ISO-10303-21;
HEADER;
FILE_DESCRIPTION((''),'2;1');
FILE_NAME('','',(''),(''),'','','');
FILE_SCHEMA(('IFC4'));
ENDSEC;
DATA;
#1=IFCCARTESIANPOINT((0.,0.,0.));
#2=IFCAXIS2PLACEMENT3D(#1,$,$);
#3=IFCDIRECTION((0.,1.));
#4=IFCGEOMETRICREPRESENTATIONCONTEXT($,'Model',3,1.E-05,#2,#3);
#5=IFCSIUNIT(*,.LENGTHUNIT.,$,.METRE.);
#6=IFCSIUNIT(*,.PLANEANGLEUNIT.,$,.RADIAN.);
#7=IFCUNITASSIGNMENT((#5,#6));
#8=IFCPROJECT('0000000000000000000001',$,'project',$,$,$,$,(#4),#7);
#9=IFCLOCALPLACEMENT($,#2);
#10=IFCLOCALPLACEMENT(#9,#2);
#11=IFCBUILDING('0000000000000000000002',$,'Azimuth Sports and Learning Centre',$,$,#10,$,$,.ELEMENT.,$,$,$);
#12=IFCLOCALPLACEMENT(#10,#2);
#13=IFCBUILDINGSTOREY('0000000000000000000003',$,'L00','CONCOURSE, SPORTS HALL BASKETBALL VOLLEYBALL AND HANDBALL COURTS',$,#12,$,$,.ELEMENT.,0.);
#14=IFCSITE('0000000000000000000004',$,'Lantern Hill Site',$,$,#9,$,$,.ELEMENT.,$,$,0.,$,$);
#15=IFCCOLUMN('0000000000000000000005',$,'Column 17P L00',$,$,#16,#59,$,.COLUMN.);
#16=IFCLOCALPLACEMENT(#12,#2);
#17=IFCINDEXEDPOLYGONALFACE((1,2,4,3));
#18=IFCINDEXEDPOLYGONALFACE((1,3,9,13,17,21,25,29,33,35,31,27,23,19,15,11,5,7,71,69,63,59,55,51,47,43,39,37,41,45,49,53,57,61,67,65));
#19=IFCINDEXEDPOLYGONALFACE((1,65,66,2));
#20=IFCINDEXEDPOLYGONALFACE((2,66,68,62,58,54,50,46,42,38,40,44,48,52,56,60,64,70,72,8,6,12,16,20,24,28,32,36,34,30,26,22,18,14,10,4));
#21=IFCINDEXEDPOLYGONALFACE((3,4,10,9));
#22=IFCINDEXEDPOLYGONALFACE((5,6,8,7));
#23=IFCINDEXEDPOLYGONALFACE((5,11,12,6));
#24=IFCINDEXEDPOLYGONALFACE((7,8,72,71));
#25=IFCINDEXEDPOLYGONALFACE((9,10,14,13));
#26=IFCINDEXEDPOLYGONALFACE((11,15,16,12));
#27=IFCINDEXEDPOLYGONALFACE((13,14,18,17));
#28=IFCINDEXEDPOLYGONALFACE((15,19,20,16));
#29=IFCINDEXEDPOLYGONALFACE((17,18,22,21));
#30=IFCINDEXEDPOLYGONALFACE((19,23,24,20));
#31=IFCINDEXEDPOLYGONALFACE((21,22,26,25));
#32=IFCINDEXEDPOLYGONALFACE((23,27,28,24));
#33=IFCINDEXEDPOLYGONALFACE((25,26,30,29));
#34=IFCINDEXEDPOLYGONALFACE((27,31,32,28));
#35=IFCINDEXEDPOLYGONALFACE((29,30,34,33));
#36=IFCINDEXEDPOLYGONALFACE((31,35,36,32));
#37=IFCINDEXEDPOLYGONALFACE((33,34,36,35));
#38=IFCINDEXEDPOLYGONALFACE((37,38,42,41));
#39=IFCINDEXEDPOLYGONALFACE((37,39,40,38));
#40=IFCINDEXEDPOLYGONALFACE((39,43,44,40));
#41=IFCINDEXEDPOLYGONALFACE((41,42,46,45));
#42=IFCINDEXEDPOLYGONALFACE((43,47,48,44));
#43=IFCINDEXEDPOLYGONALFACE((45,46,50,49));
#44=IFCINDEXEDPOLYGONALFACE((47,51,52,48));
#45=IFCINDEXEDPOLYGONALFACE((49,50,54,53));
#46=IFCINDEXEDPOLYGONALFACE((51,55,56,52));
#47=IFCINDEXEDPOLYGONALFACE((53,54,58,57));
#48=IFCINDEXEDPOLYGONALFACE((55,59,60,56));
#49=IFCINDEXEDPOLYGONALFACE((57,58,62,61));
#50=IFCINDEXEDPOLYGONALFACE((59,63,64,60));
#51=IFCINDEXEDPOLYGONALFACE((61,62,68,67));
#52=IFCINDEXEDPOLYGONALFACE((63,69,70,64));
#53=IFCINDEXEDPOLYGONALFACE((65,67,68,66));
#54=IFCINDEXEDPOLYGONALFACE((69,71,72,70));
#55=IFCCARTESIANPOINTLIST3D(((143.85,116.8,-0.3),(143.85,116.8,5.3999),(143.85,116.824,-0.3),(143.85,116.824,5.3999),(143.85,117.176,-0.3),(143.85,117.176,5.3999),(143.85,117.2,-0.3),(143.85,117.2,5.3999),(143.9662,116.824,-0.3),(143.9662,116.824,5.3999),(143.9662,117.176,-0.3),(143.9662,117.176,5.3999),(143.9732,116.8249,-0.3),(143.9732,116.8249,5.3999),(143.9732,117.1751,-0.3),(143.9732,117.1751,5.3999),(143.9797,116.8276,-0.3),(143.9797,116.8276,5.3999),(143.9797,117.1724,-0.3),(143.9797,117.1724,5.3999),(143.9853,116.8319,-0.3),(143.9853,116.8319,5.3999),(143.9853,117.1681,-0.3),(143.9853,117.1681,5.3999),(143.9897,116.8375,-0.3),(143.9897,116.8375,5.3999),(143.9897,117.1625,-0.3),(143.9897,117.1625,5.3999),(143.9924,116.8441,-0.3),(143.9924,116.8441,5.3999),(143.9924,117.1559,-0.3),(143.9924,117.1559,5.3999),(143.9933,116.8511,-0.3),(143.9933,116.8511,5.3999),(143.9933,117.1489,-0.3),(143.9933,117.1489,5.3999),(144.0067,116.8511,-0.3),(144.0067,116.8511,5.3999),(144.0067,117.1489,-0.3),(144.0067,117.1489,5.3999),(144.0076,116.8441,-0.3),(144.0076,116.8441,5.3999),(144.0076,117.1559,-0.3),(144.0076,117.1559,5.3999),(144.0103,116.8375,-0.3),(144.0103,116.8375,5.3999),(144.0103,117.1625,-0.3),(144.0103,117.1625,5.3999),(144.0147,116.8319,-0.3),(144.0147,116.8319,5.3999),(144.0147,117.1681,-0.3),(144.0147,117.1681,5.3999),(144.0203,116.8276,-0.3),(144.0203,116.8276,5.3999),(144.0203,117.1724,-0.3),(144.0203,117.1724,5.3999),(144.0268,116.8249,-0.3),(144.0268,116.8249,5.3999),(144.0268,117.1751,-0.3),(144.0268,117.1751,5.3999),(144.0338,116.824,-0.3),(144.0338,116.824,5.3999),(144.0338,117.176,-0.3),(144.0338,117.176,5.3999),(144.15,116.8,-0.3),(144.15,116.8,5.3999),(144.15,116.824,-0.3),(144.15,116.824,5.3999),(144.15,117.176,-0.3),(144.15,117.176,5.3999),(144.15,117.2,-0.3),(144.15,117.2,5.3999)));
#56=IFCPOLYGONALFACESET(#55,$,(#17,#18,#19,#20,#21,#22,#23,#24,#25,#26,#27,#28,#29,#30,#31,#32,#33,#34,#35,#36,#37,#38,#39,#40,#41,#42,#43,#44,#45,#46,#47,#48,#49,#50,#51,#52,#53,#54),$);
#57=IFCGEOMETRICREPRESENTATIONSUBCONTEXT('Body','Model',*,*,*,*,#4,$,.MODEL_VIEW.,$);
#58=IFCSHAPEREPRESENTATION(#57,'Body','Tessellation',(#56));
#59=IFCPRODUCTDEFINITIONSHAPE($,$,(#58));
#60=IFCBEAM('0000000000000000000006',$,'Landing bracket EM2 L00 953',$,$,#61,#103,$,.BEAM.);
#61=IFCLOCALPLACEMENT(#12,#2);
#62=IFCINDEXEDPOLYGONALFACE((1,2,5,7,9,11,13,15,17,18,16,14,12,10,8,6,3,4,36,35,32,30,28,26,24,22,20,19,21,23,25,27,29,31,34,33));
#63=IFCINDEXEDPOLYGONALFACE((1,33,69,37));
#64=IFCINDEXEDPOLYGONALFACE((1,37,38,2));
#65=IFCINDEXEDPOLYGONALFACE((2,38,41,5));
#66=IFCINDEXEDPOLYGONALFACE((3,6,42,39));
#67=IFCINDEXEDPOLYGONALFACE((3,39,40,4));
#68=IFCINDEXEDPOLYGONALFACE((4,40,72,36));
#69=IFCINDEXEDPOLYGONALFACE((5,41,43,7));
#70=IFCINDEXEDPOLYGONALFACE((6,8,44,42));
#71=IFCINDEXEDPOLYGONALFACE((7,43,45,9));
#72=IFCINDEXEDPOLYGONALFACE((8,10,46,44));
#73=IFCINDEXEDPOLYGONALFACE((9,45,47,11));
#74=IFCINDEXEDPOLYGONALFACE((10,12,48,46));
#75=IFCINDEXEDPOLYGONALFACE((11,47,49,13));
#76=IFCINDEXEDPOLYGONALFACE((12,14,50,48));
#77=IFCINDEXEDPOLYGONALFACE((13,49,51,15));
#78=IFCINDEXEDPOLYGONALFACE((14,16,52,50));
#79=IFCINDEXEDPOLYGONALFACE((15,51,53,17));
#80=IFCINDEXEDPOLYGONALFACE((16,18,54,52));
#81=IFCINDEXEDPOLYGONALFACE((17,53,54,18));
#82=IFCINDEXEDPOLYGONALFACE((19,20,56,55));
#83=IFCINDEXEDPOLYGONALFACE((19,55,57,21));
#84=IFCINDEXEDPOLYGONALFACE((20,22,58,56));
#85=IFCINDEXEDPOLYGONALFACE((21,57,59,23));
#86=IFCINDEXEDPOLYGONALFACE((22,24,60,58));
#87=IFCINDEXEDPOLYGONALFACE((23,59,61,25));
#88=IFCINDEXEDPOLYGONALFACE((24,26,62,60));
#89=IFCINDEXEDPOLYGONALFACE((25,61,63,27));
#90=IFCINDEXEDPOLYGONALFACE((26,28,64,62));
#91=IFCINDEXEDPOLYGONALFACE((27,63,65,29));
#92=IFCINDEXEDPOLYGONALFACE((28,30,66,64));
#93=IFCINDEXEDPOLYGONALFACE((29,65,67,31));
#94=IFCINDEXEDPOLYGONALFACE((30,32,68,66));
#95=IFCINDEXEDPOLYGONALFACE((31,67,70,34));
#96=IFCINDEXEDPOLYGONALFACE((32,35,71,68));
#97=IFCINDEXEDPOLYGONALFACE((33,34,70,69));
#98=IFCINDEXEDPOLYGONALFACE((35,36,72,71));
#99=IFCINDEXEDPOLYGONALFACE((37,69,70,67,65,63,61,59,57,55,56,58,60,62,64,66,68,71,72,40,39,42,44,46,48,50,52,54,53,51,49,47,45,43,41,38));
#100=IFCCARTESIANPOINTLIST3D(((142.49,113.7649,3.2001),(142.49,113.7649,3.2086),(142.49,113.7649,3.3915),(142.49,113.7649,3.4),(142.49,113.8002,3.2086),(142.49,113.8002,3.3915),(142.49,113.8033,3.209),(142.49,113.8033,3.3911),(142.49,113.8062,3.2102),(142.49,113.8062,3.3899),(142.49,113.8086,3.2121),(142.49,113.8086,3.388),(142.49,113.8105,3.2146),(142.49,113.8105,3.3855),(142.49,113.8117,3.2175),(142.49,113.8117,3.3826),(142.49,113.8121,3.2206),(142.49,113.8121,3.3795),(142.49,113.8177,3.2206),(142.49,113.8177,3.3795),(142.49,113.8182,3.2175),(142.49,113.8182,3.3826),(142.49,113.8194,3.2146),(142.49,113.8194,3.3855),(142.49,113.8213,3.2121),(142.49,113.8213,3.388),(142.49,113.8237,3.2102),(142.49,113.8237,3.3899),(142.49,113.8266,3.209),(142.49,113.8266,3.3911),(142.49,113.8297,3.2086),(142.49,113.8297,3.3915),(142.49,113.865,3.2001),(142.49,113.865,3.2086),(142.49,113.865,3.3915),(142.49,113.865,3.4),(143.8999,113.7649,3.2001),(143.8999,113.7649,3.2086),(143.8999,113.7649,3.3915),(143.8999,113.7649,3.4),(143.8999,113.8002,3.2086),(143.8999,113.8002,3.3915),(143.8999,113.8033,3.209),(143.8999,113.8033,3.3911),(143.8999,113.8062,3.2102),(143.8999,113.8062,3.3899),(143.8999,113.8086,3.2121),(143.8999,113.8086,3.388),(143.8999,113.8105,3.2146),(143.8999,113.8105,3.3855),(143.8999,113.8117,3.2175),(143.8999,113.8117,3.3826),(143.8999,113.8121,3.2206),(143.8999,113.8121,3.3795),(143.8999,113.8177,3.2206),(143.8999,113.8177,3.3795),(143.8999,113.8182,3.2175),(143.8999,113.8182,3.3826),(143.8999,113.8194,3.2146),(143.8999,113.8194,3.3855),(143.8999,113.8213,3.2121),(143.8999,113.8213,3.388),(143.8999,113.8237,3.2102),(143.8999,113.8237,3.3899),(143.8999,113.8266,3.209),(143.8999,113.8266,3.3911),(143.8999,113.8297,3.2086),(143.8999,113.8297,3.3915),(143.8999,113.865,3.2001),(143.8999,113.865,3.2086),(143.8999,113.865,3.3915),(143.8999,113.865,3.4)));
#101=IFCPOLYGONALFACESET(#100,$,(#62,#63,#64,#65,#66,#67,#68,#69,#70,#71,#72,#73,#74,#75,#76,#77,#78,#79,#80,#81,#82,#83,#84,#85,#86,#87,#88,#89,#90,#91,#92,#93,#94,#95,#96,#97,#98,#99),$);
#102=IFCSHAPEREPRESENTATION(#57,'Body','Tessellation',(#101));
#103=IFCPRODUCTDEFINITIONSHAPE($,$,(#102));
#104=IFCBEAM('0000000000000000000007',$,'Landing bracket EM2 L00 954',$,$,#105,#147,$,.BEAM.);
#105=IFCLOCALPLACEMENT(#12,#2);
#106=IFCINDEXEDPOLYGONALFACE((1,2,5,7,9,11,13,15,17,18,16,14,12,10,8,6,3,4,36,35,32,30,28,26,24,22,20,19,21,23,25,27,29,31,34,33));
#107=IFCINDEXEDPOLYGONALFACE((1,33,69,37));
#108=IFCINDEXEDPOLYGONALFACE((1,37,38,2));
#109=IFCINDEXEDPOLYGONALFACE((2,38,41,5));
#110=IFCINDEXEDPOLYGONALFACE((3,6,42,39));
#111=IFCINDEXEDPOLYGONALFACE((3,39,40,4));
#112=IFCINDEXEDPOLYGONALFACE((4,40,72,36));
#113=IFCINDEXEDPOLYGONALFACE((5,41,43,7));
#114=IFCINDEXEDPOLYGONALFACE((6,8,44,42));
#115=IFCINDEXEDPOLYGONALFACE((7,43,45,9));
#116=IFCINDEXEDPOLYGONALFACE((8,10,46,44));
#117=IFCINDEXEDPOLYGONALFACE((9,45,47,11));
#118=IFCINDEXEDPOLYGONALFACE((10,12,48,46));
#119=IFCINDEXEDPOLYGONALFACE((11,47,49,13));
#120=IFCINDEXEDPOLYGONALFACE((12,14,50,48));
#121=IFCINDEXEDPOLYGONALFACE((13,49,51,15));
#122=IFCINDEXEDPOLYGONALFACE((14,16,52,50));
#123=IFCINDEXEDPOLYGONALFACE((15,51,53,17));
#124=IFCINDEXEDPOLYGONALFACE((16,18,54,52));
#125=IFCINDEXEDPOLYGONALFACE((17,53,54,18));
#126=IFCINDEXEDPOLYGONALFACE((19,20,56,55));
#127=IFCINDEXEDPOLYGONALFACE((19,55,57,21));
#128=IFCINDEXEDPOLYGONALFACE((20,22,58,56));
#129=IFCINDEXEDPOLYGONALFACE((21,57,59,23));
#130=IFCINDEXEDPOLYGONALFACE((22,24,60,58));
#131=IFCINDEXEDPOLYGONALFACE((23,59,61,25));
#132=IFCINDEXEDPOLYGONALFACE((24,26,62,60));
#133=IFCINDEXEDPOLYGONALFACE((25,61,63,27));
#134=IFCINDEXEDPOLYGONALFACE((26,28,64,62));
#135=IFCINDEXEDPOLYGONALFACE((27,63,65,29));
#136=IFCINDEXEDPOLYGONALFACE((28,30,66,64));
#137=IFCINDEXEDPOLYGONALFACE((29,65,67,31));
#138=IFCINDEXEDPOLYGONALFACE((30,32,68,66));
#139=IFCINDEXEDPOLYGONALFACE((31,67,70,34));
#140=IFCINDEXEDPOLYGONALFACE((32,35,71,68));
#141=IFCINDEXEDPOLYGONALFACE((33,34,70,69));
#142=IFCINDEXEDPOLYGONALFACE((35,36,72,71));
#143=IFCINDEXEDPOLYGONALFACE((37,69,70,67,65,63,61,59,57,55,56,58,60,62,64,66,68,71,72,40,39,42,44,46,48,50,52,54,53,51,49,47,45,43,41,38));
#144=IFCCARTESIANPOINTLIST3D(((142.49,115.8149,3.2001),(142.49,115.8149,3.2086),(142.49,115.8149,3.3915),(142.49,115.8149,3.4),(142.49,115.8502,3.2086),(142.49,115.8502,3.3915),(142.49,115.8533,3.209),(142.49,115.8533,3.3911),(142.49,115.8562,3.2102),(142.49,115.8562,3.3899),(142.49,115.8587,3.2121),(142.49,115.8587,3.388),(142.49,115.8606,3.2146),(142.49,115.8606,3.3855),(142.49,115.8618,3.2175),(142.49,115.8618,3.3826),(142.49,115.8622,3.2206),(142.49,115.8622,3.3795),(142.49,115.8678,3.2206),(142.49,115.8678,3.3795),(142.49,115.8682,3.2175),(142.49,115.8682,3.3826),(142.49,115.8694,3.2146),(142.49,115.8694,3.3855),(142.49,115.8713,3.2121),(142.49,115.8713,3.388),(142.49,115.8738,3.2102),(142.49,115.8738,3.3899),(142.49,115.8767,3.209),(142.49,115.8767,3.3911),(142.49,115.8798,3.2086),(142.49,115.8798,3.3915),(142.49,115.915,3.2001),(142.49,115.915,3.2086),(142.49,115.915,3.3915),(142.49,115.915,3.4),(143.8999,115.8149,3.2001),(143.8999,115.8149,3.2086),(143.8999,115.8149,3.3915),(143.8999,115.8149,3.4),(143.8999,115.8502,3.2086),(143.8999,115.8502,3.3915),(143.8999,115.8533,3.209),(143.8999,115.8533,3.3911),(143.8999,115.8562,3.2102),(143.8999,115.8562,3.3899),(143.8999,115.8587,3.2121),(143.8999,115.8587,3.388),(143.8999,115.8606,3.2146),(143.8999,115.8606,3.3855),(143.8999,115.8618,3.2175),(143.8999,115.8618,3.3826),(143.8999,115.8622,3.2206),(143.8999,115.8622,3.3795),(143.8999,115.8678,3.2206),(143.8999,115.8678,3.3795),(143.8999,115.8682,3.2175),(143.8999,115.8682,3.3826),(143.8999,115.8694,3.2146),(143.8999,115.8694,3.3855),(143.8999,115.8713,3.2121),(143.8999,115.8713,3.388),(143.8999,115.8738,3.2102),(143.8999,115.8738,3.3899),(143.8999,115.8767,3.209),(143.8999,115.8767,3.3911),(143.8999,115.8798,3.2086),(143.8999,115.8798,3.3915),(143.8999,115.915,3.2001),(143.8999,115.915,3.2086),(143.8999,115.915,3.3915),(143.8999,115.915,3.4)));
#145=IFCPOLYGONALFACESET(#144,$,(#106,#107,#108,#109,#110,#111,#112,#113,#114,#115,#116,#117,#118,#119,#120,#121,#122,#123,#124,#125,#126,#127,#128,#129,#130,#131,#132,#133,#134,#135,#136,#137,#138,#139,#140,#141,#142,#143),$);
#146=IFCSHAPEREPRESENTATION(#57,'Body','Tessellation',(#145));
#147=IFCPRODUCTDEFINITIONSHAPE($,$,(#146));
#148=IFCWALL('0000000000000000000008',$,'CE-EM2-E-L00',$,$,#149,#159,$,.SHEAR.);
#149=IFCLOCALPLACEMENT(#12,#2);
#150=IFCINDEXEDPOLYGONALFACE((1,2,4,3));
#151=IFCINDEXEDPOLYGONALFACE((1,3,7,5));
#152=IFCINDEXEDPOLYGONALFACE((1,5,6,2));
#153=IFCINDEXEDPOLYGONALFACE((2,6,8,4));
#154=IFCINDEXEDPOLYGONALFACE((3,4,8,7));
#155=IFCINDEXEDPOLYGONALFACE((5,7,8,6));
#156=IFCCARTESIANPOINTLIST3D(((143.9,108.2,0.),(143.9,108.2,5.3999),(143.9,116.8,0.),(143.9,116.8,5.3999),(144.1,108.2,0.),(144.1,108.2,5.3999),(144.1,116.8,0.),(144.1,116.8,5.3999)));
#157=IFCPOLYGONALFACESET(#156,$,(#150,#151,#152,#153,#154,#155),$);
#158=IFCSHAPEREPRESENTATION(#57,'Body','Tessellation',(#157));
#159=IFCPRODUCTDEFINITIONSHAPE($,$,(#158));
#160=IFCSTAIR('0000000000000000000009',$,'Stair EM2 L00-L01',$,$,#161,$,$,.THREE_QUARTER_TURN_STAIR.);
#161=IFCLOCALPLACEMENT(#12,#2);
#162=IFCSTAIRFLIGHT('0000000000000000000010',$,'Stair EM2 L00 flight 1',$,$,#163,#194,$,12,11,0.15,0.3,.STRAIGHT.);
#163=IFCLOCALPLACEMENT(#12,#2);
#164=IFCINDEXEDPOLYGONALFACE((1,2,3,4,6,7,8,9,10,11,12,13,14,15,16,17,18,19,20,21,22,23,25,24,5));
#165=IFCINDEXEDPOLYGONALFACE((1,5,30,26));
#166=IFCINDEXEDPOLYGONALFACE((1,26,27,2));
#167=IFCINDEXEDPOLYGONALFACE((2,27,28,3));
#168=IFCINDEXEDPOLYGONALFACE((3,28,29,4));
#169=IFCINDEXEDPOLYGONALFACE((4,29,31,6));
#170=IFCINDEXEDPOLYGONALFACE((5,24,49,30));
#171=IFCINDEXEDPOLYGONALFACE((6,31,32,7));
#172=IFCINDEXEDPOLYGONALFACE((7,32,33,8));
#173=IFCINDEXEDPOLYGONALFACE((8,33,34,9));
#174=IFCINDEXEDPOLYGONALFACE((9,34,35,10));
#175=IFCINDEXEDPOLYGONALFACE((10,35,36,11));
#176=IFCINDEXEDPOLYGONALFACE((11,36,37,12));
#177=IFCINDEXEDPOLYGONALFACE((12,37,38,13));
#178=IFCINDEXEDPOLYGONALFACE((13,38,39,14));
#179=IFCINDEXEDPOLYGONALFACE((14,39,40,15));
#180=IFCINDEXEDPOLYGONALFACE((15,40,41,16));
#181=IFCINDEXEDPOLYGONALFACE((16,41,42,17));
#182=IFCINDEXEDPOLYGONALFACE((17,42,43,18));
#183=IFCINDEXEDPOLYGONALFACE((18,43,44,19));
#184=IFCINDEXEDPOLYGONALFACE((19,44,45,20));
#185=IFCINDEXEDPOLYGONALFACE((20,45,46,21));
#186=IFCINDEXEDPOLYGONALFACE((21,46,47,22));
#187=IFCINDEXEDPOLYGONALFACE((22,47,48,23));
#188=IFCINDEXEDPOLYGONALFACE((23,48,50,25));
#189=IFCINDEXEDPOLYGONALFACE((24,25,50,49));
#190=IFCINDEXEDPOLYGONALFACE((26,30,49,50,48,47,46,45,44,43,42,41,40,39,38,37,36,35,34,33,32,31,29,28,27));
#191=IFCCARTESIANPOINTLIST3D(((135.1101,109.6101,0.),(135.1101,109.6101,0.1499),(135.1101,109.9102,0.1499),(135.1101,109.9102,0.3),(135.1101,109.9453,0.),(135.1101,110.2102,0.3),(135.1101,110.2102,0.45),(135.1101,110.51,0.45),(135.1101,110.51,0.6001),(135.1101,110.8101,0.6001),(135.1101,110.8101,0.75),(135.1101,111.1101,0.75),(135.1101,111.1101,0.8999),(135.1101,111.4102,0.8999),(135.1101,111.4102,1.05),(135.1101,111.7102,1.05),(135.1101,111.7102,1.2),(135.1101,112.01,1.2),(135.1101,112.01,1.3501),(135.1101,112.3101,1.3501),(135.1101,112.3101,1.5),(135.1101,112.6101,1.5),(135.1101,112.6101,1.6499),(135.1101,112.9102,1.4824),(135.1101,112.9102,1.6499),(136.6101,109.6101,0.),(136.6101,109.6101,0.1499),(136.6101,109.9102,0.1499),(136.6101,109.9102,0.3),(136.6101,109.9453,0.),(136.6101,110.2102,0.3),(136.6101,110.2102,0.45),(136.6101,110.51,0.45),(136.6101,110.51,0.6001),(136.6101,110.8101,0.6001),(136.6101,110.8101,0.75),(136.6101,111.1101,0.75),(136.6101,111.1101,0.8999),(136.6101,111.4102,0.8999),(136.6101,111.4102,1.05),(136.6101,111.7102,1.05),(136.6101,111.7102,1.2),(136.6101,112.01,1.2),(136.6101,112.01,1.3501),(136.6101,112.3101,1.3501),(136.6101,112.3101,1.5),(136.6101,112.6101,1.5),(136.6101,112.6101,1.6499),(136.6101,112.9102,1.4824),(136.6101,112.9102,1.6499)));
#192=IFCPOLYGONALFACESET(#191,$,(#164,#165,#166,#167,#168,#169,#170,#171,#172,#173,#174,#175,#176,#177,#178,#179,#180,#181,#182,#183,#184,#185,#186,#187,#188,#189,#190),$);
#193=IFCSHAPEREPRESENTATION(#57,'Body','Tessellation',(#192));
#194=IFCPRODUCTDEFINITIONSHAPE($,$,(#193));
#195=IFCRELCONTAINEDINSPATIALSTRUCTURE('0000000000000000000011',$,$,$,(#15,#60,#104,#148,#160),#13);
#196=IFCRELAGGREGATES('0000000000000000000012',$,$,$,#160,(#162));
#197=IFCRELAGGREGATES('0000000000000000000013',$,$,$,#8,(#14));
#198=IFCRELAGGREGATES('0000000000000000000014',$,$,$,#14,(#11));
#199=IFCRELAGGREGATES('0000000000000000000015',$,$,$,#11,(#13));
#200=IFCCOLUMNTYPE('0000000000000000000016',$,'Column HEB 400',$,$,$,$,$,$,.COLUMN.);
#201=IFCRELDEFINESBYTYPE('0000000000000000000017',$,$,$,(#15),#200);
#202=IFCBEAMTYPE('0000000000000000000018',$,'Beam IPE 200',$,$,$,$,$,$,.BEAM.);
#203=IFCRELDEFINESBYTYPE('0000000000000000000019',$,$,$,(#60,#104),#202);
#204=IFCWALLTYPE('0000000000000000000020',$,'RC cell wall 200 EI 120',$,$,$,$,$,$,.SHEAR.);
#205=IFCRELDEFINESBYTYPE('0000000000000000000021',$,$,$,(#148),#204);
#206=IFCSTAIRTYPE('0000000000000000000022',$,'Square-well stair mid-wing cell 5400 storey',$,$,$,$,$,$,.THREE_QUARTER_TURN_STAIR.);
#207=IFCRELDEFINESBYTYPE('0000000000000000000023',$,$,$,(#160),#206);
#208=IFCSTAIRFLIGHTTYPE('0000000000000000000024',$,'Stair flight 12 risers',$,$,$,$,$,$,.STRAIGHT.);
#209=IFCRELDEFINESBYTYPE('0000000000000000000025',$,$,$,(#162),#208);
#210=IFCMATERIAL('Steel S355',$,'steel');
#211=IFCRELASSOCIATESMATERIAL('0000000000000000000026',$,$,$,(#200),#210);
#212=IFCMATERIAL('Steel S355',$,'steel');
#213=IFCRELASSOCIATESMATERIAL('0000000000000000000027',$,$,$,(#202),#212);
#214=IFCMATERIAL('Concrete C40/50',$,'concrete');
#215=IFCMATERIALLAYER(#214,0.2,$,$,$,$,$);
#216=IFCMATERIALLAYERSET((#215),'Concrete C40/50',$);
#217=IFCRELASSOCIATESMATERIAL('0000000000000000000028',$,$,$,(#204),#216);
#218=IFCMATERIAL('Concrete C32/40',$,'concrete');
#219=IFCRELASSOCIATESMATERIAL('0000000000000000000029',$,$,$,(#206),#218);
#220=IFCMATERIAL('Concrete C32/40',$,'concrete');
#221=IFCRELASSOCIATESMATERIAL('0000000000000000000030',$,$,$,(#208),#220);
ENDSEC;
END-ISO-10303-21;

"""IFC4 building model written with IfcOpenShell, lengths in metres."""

from ifc_helpers import new_model, si_unit, direction, frame, frame_2d, origin, origin_2d, place, context, subcontext, project, spatial, polyline, rectangle, i_section, outline, extrude, material, layer, layer_set, material_profile, profile_set, type_object, element, aggregate, save


model = new_model("IFC4")

# Units and contexts
model_context = context("Model", 3, precision=1e-05, world=origin(), true_north=direction((0.0, 1.0)))
body_context = subcontext(model_context, "Body", "Model", "MODEL_VIEW")
ifc_project = project(units=[si_unit("LENGTHUNIT", "METRE"), si_unit("PLANEANGLEUNIT", "RADIAN")], contexts=[model_context])

# Site, building, storey
site_placement = place(None, origin())
site = spatial("IfcSite", under=ifc_project, at=site_placement, Name="Lantern Hill Site", CompositionType="ELEMENT", RefElevation=0.0)
building_placement = place(site_placement, origin())
building = spatial("IfcBuilding", under=site, at=building_placement, Name="Azimuth Sports and Learning Centre", CompositionType="ELEMENT")
storey_placement = place(building_placement, origin())
storey = spatial("IfcBuildingStorey", under=building, at=storey_placement, Name="L00", Description="CONCOURSE, SPORTS HALL BASKETBALL VOLLEYBALL AND HANDBALL COURTS", CompositionType="ELEMENT", Elevation=0.0)

# Column
ifc_material_1 = material(Name="Steel S355", Category="steel")
ifc_material_profile_1 = material_profile(ifc_material_1, i_section(OverallWidth=0.3, OverallDepth=0.3999, WebThickness=0.0134, FlangeThickness=0.0239, FilletRadius=0.0271, at=origin_2d()), Name="HEB 400")
ifc_profile_set_1 = profile_set([ifc_material_profile_1], Name="Steel S355")
column_type = type_object("IfcColumnType", Name="Column HEB 400", PredefinedType="COLUMN", material=ifc_profile_set_1)
column_placement = place(storey_placement, frame((144.0, 117.0, -0.3), z_axis=(0.0, 0.0, 1.0), x_axis=(1.0, 0.0, 0.0)))
element("IfcColumn", 1, at=column_placement, inside=storey, type_object=column_type, Name="Column 17P L00", PredefinedType="COLUMN", context=body_context, shape_type="SweptSolid", body=[
    extrude(i_section(OverallWidth=0.3, OverallDepth=0.3999, WebThickness=0.0134, FlangeThickness=0.0239, FilletRadius=0.0271, at=origin_2d()), origin(), (0.0, 0.0, 1.0), 5.7),
])

# Beams
ifc_material_2 = material(Name="Steel S355", Category="steel")
ifc_material_profile_2 = material_profile(ifc_material_2, i_section(OverallWidth=0.1001, OverallDepth=0.2, WebThickness=0.0056, FlangeThickness=0.0085, FilletRadius=0.012, at=origin_2d()), Name="IPE 200")
ifc_profile_set_2 = profile_set([ifc_material_profile_2], Name="Steel S355")
beam_type = type_object("IfcBeamType", Name="Beam IPE 200", PredefinedType="BEAM", material=ifc_profile_set_2)
for number, where, z_axis, x_axis, name in (
    (2, (143.8999, 113.8149, 3.3), (-1.0, 0.0, 0.0), (0.0, -1.0, 0.0), "Landing bracket EM2 L00 953"),
    (3, (143.8999, 115.865, 3.3), (-1.0, 0.0, 0.0), (0.0, -1.0, 0.0), "Landing bracket EM2 L00 954"),
):
    element("IfcBeam", number, at=place(storey_placement, frame(where, z_axis=z_axis, x_axis=x_axis)), inside=storey, type_object=beam_type, Name=name, PredefinedType="BEAM", context=body_context, shape_type="SweptSolid", body=[
        extrude(i_section(OverallWidth=0.1001, OverallDepth=0.2, WebThickness=0.0056, FlangeThickness=0.0085, FilletRadius=0.012, at=origin_2d()), origin(), (0.0, 0.0, 1.0), 1.4099),
    ])

# Wall
ifc_material_3 = material(Name="Concrete C40/50", Category="concrete")
ifc_layer_1 = layer(ifc_material_3, 0.2)
ifc_layer_set_1 = layer_set([ifc_layer_1], Name="Concrete C40/50")
wall_type = type_object("IfcWallType", Name="RC cell wall 200 EI 120", PredefinedType="SHEAR", material=ifc_layer_set_1)
wall_placement = place(storey_placement, frame((144.0, 108.2, 0.0), z_axis=(0.0, 0.0, 1.0), x_axis=(0.0, 1.0, 0.0)))
element("IfcWall", 4, at=wall_placement, inside=storey, type_object=wall_type, Name="CE-EM2-E-L00", PredefinedType="SHEAR", context=body_context, shape_type="SweptSolid", body=[
    extrude(rectangle(XDim=8.6001, YDim=0.2, at=frame_2d((4.3, 0.0))), origin(), (0.0, 0.0, 1.0), 5.3999),
])

# Stair, stair flight
ifc_material_4 = material(Name="Concrete C32/40", Category="concrete")
stair_type = type_object("IfcStairType", Name="Square-well stair mid-wing cell 5400 storey", PredefinedType="THREE_QUARTER_TURN_STAIR", material=ifc_material_4)
stair_placement = place(storey_placement, origin())
stair = element("IfcStair", 5, at=stair_placement, inside=storey, type_object=stair_type, Name="Stair EM2 L00-L01", PredefinedType="THREE_QUARTER_TURN_STAIR")
ifc_material_5 = material(Name="Concrete C32/40", Category="concrete")
stair_flight_type = type_object("IfcStairFlightType", Name="Stair flight 12 risers", PredefinedType="STRAIGHT", material=ifc_material_5)
stair_flight_1_placement = place(storey_placement, frame((135.8601, 109.6101, 0.0), z_axis=(0.0, 0.0, 1.0), x_axis=(0.0, 1.0, 0.0)))
stair_flight_1 = element("IfcStairFlight", 6, at=stair_flight_1_placement, type_object=stair_flight_type, Name="Stair EM2 L00 flight 1", NumberOfRisers=12, NumberOfTreads=11, PredefinedType="STRAIGHT", RiserHeight=0.15, TreadLength=0.3, context=body_context, shape_type="SweptSolid", body=[
    extrude(outline(polyline([(0.0, 0.0), (0.0, 0.1499), (0.3, 0.1499), (0.3, 0.3), (0.6001, 0.3), (0.6001, 0.45), (0.8999, 0.45), (0.8999, 0.6001), (1.2, 0.6001), (1.2, 0.75), (1.5, 0.75), (1.5, 0.8999), (1.8, 0.8999), (1.8, 1.05), (2.1001, 1.05), (2.1001, 1.2), (2.3999, 1.2), (2.3999, 1.3501), (2.7, 1.3501), (2.7, 1.5), (3.0, 1.5), (3.0, 1.6499), (3.3, 1.6499), (3.3, 1.8), (3.3, 1.4824), (0.3352, 0.0), (0.0, 0.0)])), frame((0.0, 0.75, 0.0), z_axis=(0.0, -1.0, 0.0), x_axis=(1.0, 0.0, 0.0)), (0.0, 0.0, 1.0), 1.5),
])
aggregate(stair, [stair_flight_1])

save(model, "model.ifc")
